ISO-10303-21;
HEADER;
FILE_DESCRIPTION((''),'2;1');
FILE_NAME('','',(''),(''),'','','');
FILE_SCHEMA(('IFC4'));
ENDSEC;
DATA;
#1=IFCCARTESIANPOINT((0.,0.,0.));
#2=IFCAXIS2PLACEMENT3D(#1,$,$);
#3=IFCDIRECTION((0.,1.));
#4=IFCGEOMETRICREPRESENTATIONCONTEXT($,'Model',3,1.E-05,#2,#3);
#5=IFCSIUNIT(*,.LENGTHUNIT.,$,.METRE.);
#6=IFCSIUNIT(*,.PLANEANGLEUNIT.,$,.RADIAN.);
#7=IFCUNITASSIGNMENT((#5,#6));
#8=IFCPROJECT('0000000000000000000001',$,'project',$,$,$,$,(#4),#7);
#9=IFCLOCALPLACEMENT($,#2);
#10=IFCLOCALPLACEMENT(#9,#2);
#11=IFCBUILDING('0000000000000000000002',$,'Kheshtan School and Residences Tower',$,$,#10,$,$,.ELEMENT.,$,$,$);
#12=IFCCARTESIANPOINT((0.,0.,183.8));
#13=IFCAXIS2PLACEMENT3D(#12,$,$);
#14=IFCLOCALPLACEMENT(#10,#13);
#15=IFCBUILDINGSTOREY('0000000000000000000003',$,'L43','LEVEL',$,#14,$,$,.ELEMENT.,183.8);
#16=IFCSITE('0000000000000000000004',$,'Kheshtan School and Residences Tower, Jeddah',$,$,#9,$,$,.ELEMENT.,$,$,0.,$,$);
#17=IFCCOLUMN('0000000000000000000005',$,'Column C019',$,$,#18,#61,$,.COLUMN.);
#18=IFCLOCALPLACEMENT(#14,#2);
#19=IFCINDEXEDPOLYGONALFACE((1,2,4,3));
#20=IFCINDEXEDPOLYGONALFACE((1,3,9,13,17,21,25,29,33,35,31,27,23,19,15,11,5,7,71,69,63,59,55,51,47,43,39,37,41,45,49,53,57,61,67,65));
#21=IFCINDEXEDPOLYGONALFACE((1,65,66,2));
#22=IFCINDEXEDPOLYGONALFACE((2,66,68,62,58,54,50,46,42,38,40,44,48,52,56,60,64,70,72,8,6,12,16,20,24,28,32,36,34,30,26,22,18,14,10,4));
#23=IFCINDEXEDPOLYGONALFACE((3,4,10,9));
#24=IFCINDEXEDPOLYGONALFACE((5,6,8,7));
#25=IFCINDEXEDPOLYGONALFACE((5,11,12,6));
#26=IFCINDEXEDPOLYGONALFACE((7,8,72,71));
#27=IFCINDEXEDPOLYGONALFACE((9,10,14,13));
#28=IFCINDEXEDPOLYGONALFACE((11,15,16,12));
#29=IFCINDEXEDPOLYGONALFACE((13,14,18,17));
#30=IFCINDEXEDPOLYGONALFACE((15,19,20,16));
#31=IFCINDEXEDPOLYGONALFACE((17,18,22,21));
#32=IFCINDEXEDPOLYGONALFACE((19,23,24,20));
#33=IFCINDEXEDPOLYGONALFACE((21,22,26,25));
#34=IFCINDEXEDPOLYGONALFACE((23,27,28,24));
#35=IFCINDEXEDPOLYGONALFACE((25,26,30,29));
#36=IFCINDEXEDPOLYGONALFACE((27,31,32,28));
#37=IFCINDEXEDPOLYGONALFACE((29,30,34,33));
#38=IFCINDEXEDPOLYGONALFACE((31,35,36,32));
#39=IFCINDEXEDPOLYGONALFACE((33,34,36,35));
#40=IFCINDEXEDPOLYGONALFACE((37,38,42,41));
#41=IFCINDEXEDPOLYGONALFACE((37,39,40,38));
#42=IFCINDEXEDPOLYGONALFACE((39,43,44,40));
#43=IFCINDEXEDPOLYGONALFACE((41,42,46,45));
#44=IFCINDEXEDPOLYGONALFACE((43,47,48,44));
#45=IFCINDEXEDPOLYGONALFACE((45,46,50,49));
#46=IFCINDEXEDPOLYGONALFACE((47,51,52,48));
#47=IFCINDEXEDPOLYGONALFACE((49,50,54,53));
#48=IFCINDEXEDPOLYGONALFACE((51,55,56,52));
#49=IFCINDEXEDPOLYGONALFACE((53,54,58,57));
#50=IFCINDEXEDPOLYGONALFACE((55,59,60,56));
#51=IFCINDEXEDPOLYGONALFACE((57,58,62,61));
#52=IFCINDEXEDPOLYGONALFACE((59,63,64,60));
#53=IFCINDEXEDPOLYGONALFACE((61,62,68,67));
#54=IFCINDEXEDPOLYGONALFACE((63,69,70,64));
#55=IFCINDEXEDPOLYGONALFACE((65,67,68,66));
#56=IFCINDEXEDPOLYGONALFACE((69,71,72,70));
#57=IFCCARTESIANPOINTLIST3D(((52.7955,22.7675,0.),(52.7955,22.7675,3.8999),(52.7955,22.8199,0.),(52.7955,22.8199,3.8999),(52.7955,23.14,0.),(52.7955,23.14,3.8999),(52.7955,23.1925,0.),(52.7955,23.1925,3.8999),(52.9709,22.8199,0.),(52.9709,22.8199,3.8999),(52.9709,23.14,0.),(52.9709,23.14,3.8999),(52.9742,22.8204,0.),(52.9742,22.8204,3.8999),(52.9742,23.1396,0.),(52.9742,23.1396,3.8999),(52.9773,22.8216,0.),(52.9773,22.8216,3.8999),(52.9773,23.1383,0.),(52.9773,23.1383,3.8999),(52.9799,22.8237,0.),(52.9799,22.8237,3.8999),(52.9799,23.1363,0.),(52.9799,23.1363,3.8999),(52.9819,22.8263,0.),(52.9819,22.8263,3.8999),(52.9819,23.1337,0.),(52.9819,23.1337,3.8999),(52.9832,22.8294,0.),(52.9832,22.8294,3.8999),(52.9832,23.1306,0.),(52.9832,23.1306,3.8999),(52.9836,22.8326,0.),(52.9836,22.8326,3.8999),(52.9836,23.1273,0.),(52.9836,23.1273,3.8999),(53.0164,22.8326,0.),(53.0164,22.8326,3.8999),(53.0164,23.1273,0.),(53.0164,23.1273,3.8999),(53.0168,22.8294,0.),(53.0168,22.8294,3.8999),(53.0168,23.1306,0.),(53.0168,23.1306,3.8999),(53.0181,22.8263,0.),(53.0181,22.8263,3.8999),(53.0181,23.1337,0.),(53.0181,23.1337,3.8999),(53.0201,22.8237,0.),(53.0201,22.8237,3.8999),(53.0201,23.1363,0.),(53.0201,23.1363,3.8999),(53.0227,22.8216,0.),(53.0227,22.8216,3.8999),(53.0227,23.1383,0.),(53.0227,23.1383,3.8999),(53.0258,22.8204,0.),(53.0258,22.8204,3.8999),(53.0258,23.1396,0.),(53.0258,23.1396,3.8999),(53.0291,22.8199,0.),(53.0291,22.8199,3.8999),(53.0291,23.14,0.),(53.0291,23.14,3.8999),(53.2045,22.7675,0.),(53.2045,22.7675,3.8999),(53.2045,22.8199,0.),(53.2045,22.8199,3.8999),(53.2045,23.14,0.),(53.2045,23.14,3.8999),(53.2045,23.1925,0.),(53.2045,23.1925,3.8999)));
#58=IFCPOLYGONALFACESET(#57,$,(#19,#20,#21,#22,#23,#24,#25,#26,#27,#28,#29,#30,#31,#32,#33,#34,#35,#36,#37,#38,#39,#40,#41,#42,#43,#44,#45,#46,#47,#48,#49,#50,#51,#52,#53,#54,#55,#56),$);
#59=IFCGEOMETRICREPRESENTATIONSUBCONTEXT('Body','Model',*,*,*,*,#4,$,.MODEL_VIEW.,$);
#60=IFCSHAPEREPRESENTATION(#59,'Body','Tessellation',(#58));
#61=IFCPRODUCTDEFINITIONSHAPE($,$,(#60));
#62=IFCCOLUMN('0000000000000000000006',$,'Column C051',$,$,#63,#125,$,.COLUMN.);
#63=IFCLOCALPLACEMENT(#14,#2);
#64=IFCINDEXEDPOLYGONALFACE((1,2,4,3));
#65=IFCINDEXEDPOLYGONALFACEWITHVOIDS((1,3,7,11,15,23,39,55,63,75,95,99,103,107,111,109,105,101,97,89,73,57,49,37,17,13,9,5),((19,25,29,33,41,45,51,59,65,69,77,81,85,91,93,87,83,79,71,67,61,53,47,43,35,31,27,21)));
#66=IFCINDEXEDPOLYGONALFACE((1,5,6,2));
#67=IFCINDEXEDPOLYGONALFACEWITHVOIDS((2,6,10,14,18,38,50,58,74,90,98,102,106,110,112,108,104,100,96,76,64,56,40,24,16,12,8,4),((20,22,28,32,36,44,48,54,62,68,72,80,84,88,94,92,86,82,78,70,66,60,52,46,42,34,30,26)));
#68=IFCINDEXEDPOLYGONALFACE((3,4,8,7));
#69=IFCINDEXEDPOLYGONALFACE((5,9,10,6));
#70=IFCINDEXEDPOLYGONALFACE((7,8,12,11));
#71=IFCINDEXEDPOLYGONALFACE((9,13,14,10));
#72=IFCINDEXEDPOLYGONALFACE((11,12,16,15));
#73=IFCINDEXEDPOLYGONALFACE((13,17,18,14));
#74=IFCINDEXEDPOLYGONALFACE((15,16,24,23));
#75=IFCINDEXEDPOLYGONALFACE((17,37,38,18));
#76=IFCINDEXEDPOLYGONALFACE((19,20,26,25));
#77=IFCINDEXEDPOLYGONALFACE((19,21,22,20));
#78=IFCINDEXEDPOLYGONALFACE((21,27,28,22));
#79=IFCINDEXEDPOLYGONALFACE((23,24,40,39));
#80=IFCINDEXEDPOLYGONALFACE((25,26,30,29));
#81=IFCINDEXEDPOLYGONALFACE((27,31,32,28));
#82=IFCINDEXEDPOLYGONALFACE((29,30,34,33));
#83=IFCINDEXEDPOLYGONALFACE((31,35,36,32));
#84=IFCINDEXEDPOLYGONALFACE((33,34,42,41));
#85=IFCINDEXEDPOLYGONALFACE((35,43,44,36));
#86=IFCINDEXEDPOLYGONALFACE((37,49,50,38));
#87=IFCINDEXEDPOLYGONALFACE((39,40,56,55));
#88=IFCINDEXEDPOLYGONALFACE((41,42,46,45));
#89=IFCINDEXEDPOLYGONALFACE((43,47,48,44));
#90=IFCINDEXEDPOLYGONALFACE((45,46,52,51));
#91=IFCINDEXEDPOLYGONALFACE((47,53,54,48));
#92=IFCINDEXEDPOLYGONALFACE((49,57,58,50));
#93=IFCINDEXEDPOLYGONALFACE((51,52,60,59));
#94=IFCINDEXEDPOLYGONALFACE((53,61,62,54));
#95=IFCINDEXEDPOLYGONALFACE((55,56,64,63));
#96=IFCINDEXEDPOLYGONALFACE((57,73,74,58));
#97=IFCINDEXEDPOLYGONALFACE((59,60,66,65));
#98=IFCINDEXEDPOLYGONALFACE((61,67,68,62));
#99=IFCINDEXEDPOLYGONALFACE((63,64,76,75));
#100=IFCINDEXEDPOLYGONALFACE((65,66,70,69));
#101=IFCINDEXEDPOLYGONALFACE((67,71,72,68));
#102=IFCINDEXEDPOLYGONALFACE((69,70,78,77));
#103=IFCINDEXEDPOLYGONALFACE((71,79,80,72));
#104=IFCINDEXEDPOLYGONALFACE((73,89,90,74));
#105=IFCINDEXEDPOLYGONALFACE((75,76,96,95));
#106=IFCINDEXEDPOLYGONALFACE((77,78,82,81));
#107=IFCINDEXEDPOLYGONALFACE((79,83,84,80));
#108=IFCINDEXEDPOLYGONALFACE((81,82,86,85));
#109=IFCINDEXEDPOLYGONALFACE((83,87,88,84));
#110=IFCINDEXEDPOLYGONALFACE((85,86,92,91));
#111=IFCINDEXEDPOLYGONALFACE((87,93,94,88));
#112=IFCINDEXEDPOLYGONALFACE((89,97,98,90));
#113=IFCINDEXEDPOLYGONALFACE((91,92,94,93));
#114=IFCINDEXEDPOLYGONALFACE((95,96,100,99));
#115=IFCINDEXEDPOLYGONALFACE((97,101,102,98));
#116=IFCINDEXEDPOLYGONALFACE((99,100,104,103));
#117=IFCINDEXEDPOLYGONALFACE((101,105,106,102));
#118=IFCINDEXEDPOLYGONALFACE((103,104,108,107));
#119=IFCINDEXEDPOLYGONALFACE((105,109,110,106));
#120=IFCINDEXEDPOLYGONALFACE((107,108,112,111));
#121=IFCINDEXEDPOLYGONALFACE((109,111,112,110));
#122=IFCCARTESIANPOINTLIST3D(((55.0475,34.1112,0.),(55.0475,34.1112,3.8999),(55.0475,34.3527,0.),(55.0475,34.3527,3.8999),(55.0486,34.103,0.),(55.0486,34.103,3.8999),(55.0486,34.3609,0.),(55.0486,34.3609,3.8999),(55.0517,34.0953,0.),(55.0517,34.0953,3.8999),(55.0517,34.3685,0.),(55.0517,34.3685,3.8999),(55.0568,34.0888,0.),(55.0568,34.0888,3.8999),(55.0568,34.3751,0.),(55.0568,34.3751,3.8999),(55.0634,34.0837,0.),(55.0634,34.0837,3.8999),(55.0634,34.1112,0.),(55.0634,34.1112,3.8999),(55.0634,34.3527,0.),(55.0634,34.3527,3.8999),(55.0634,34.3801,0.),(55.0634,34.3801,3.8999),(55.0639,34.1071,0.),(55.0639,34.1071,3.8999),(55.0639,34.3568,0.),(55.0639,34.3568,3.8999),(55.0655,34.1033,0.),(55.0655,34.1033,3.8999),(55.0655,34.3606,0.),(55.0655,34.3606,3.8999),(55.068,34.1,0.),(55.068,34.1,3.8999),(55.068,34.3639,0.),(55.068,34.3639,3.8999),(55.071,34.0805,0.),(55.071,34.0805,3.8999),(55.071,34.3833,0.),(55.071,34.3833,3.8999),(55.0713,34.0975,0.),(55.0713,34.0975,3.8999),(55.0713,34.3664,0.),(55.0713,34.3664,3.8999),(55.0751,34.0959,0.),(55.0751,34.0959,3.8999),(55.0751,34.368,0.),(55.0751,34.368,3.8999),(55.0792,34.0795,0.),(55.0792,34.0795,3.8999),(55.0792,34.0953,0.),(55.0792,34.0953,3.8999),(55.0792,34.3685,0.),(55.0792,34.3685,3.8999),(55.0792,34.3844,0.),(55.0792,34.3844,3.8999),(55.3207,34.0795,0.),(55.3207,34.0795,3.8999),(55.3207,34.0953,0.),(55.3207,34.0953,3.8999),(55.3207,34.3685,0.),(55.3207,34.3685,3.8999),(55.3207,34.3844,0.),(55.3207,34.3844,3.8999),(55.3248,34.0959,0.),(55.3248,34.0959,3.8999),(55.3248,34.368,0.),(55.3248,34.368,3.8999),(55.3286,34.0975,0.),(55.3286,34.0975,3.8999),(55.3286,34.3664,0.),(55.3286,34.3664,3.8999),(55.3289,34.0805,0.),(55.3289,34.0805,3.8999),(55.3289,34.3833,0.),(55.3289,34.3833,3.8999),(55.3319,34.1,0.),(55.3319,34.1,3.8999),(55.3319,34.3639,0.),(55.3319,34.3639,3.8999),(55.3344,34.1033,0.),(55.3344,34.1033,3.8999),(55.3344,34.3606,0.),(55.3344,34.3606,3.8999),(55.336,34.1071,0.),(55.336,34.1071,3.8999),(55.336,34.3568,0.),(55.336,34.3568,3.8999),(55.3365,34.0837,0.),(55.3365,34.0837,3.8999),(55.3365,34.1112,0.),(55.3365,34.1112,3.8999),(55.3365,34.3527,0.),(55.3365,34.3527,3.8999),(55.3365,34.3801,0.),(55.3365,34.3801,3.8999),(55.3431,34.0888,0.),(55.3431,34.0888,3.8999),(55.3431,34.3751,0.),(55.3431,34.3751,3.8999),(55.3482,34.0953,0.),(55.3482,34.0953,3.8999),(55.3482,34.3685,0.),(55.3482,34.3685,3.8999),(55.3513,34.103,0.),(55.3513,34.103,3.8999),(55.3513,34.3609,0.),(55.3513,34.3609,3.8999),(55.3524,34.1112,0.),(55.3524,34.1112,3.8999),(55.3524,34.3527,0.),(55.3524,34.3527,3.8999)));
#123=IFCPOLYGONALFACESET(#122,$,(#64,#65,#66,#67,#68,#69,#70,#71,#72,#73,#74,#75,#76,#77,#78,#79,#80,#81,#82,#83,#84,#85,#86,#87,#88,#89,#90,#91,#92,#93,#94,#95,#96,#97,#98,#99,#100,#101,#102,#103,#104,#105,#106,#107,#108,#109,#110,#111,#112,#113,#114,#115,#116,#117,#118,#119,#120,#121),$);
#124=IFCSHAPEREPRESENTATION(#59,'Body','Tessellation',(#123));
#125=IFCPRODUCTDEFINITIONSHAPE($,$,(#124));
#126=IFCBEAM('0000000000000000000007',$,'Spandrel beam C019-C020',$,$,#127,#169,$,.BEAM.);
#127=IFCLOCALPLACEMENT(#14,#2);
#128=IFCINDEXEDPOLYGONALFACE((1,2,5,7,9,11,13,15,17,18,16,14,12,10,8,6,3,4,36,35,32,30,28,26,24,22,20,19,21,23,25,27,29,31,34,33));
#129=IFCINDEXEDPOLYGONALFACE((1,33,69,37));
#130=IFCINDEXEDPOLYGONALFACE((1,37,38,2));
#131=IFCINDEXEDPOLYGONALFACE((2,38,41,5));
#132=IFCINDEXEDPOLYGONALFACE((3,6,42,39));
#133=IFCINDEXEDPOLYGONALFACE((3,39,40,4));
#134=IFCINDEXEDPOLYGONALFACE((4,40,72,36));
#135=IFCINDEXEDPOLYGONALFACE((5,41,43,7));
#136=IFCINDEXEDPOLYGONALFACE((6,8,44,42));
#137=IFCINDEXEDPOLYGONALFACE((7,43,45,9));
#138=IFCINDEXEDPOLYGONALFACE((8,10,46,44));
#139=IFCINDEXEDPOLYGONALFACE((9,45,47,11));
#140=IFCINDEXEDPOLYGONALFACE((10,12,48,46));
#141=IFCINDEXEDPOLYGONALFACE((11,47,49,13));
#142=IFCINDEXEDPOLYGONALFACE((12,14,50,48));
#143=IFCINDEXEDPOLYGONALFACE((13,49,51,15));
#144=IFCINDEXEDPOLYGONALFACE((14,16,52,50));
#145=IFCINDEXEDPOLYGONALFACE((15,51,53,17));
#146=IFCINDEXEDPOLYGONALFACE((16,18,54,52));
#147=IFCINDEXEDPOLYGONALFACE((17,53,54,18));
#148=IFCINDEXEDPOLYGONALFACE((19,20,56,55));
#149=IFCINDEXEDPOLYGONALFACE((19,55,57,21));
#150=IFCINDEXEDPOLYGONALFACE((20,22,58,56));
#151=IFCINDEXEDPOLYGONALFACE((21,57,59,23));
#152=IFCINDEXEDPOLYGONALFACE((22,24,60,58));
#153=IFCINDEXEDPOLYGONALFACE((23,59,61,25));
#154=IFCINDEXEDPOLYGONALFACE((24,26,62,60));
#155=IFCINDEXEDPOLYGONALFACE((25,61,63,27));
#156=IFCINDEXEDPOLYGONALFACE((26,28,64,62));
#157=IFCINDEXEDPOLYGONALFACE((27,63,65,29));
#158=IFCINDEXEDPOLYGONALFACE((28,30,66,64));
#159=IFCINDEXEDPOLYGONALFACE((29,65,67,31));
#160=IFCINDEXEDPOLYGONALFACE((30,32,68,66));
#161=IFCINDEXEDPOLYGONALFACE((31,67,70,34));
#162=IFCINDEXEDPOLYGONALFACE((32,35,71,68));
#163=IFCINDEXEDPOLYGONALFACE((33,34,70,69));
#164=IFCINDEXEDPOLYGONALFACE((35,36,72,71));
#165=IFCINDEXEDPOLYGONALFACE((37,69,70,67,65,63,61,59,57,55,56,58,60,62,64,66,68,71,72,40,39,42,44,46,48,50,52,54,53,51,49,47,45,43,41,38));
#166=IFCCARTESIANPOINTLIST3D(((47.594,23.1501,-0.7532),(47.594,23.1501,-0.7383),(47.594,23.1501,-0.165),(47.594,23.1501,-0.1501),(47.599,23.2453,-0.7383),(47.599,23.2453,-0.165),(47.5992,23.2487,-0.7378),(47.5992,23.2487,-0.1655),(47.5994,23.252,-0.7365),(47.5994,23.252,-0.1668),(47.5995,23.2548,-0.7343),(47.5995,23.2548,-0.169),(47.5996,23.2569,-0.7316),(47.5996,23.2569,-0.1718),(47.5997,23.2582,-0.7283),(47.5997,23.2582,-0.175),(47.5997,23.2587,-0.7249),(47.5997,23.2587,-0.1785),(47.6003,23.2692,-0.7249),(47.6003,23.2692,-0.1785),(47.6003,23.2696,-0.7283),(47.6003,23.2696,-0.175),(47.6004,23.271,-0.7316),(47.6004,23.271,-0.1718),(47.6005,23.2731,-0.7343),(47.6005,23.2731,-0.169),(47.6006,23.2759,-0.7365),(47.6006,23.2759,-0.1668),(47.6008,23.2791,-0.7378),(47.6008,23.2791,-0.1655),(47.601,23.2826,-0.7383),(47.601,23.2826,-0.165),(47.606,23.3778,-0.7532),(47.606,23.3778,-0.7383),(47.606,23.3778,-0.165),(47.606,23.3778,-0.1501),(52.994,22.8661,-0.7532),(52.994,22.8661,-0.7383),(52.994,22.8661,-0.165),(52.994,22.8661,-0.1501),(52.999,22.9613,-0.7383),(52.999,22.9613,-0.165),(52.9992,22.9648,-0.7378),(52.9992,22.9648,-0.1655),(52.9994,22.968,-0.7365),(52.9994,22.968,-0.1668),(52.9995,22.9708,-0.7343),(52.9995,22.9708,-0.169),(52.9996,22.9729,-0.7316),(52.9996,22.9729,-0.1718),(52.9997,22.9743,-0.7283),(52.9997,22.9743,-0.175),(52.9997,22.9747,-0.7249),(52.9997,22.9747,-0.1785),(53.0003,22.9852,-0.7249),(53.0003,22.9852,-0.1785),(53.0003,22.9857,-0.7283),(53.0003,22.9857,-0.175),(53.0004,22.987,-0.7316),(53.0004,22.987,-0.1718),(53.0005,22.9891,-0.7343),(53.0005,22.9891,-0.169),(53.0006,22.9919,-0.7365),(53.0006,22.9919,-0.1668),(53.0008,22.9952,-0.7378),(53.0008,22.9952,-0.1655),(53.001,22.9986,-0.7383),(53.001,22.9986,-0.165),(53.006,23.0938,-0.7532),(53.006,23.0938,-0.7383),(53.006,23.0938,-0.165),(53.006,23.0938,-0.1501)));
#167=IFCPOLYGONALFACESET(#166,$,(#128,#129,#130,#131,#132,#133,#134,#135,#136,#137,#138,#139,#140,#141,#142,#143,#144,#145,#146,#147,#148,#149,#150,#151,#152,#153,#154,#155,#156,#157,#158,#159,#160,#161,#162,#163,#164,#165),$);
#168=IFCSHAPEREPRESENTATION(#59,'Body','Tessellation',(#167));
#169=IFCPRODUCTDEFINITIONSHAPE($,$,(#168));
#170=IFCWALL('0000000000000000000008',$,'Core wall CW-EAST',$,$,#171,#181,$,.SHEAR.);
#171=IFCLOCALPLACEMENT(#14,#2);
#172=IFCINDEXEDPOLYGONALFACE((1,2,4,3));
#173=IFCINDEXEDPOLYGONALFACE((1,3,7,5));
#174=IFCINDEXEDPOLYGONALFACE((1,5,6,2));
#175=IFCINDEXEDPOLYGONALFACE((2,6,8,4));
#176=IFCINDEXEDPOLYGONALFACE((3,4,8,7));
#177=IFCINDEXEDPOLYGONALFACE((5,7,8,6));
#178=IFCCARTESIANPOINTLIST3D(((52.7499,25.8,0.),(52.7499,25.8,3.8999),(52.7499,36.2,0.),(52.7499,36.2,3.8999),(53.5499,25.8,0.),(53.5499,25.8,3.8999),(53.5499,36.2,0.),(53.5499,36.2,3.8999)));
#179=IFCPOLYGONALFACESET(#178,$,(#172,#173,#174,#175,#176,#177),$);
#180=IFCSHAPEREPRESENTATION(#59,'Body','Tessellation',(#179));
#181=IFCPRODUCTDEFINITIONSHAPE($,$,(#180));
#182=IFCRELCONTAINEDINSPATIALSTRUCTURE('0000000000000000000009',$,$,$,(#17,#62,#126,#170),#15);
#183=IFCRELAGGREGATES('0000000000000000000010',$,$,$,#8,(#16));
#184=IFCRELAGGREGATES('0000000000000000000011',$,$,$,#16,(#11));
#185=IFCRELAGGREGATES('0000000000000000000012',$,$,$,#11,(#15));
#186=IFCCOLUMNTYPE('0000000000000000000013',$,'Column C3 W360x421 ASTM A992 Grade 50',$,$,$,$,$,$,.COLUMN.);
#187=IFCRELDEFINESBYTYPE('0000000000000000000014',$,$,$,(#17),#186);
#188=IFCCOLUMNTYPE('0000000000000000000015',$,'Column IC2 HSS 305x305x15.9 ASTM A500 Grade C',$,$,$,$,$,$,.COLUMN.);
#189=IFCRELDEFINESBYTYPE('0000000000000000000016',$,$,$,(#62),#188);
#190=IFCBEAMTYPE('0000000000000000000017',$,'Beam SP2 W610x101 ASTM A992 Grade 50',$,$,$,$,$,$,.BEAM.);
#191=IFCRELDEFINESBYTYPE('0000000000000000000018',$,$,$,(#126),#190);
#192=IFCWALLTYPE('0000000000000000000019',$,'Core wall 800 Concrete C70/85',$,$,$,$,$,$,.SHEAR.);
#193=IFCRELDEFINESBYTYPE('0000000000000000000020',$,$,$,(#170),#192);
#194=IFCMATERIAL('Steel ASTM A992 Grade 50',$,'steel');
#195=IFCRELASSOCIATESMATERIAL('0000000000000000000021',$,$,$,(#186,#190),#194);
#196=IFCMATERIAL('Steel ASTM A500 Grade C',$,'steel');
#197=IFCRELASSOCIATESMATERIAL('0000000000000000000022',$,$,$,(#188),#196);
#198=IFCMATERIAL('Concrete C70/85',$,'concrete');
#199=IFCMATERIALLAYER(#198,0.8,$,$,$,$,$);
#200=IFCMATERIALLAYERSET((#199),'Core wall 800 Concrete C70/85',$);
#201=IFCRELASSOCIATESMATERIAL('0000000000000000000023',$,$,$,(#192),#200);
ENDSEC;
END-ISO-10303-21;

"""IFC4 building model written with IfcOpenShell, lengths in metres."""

from ifc_helpers import new_model, si_unit, direction, frame, frame_2d, origin, origin_2d, place, context, subcontext, project, spatial, rectangle, hollow_rectangle, i_section, extrude, material, layer, layer_set, material_profile, profile_set, type_object, element, save


model = new_model("IFC4")

# Units and contexts
model_context = context("Model", 3, precision=1e-05, world=origin(), true_north=direction((0.0, 1.0)))
body_context = subcontext(model_context, "Body", "Model", "MODEL_VIEW")
ifc_project = project(units=[si_unit("LENGTHUNIT", "METRE"), si_unit("PLANEANGLEUNIT", "RADIAN")], contexts=[model_context])

# Site, building, storey
site_placement = place(None, origin())
site = spatial("IfcSite", under=ifc_project, at=site_placement, Name="Kheshtan School and Residences Tower, Jeddah", CompositionType="ELEMENT", RefElevation=0.0)
building_placement = place(site_placement, origin())
building = spatial("IfcBuilding", under=site, at=building_placement, Name="Kheshtan School and Residences Tower", CompositionType="ELEMENT")
storey_placement = place(building_placement, frame((0.0, 0.0, 183.8)))
storey = spatial("IfcBuildingStorey", under=building, at=storey_placement, Name="L43", Description="LEVEL", CompositionType="ELEMENT", Elevation=183.8)

# Columns
ifc_material_1 = material(Name="Steel ASTM A992 Grade 50", Category="steel")
ifc_material_profile_1 = material_profile(ifc_material_1, i_section(OverallWidth=0.4089, OverallDepth=0.425, WebThickness=0.0327, FlangeThickness=0.0525, FilletRadius=0.0127, at=origin_2d()), Name="W360x421")
ifc_profile_set_1 = profile_set([ifc_material_profile_1], Name="Steel ASTM A992 Grade 50")
column_type_1 = type_object("IfcColumnType", Name="Column C3 W360x421 ASTM A992 Grade 50", PredefinedType="COLUMN", material=ifc_profile_set_1)
column_1_placement = place(storey_placement, frame((53.0, 22.98, 0.0), z_axis=(0.0, 0.0, 1.0), x_axis=(1.0, 0.0, 0.0)))
element("IfcColumn", 1, at=column_1_placement, inside=storey, type_object=column_type_1, Name="Column C019", PredefinedType="COLUMN", context=body_context, shape_type="SweptSolid", body=[
    extrude(i_section(OverallWidth=0.4089, OverallDepth=0.425, WebThickness=0.0327, FlangeThickness=0.0525, FilletRadius=0.0127, at=origin_2d()), origin(), (0.0, 0.0, 1.0), 3.8999),
])
ifc_material_2 = material(Name="Steel ASTM A500 Grade C", Category="steel")
ifc_material_profile_2 = material_profile(ifc_material_2, hollow_rectangle(XDim=0.3049, YDim=0.3049, WallThickness=0.0159, InnerFilletRadius=0.0159, OuterFilletRadius=0.0317, at=origin_2d()), Name="HSS 305x305x15.9")
ifc_profile_set_2 = profile_set([ifc_material_profile_2], Name="Steel ASTM A500 Grade C")
column_type_2 = type_object("IfcColumnType", Name="Column IC2 HSS 305x305x15.9 ASTM A500 Grade C", PredefinedType="COLUMN", material=ifc_profile_set_2)
column_2_placement = place(storey_placement, frame((55.2, 34.2319, 0.0), z_axis=(0.0, 0.0, 1.0), x_axis=(1.0, 0.0, 0.0)))
element("IfcColumn", 2, at=column_2_placement, inside=storey, type_object=column_type_2, Name="Column C051", PredefinedType="COLUMN", context=body_context, shape_type="SweptSolid", body=[
    extrude(hollow_rectangle(XDim=0.3049, YDim=0.3049, WallThickness=0.0159, InnerFilletRadius=0.0159, OuterFilletRadius=0.0317, at=origin_2d()), origin(), (0.0, 0.0, 1.0), 3.8999),
])

# Beam
ifc_material_profile_3 = material_profile(ifc_material_1, i_section(OverallWidth=0.228, OverallDepth=0.603, WebThickness=0.0105, FlangeThickness=0.0149, FilletRadius=0.0134, at=origin_2d()), Name="W610x101")
ifc_profile_set_3 = profile_set([ifc_material_profile_3], Name="Steel ASTM A992 Grade 50")
beam_type = type_object("IfcBeamType", Name="Beam SP2 W610x101 ASTM A992 Grade 50", PredefinedType="BEAM", material=ifc_profile_set_3)
beam_placement = place(storey_placement, frame((53.0, 22.98, -0.4517), z_axis=(-0.99862, 0.052509, 0.0), x_axis=(-0.052509, -0.99862, 0.0)))
element("IfcBeam", 3, at=beam_placement, inside=storey, type_object=beam_type, Name="Spandrel beam C019-C020", PredefinedType="BEAM", context=body_context, shape_type="SweptSolid", body=[
    extrude(i_section(OverallWidth=0.228, OverallDepth=0.603, WebThickness=0.0105, FlangeThickness=0.0149, FilletRadius=0.0134, at=origin_2d()), origin(), (0.0, 0.0, 1.0), 5.4075),
])

# Wall
ifc_material_3 = material(Name="Concrete C70/85", Category="concrete")
ifc_layer_1 = layer(ifc_material_3, 0.8)
ifc_layer_set_1 = layer_set([ifc_layer_1], Name="Core wall 800 Concrete C70/85")
wall_type_1 = type_object("IfcWallType", Name="Core wall 800 Concrete C70/85", PredefinedType="SHEAR", material=ifc_layer_set_1)
wall_1_placement = place(storey_placement, frame((53.1499, 25.8, 0.0), z_axis=(0.0, 0.0, 1.0), x_axis=(0.0, 1.0, 0.0)))
element("IfcWall", 4, at=wall_1_placement, inside=storey, type_object=wall_type_1, Name="Core wall CW-EAST", PredefinedType="SHEAR", context=body_context, shape_type="SweptSolid", body=[
    extrude(rectangle(XDim=10.3999, YDim=0.8, at=frame_2d((5.2, 0.0))), origin(), (0.0, 0.0, 1.0), 3.8999),
])

save(model, "model.ifc")
